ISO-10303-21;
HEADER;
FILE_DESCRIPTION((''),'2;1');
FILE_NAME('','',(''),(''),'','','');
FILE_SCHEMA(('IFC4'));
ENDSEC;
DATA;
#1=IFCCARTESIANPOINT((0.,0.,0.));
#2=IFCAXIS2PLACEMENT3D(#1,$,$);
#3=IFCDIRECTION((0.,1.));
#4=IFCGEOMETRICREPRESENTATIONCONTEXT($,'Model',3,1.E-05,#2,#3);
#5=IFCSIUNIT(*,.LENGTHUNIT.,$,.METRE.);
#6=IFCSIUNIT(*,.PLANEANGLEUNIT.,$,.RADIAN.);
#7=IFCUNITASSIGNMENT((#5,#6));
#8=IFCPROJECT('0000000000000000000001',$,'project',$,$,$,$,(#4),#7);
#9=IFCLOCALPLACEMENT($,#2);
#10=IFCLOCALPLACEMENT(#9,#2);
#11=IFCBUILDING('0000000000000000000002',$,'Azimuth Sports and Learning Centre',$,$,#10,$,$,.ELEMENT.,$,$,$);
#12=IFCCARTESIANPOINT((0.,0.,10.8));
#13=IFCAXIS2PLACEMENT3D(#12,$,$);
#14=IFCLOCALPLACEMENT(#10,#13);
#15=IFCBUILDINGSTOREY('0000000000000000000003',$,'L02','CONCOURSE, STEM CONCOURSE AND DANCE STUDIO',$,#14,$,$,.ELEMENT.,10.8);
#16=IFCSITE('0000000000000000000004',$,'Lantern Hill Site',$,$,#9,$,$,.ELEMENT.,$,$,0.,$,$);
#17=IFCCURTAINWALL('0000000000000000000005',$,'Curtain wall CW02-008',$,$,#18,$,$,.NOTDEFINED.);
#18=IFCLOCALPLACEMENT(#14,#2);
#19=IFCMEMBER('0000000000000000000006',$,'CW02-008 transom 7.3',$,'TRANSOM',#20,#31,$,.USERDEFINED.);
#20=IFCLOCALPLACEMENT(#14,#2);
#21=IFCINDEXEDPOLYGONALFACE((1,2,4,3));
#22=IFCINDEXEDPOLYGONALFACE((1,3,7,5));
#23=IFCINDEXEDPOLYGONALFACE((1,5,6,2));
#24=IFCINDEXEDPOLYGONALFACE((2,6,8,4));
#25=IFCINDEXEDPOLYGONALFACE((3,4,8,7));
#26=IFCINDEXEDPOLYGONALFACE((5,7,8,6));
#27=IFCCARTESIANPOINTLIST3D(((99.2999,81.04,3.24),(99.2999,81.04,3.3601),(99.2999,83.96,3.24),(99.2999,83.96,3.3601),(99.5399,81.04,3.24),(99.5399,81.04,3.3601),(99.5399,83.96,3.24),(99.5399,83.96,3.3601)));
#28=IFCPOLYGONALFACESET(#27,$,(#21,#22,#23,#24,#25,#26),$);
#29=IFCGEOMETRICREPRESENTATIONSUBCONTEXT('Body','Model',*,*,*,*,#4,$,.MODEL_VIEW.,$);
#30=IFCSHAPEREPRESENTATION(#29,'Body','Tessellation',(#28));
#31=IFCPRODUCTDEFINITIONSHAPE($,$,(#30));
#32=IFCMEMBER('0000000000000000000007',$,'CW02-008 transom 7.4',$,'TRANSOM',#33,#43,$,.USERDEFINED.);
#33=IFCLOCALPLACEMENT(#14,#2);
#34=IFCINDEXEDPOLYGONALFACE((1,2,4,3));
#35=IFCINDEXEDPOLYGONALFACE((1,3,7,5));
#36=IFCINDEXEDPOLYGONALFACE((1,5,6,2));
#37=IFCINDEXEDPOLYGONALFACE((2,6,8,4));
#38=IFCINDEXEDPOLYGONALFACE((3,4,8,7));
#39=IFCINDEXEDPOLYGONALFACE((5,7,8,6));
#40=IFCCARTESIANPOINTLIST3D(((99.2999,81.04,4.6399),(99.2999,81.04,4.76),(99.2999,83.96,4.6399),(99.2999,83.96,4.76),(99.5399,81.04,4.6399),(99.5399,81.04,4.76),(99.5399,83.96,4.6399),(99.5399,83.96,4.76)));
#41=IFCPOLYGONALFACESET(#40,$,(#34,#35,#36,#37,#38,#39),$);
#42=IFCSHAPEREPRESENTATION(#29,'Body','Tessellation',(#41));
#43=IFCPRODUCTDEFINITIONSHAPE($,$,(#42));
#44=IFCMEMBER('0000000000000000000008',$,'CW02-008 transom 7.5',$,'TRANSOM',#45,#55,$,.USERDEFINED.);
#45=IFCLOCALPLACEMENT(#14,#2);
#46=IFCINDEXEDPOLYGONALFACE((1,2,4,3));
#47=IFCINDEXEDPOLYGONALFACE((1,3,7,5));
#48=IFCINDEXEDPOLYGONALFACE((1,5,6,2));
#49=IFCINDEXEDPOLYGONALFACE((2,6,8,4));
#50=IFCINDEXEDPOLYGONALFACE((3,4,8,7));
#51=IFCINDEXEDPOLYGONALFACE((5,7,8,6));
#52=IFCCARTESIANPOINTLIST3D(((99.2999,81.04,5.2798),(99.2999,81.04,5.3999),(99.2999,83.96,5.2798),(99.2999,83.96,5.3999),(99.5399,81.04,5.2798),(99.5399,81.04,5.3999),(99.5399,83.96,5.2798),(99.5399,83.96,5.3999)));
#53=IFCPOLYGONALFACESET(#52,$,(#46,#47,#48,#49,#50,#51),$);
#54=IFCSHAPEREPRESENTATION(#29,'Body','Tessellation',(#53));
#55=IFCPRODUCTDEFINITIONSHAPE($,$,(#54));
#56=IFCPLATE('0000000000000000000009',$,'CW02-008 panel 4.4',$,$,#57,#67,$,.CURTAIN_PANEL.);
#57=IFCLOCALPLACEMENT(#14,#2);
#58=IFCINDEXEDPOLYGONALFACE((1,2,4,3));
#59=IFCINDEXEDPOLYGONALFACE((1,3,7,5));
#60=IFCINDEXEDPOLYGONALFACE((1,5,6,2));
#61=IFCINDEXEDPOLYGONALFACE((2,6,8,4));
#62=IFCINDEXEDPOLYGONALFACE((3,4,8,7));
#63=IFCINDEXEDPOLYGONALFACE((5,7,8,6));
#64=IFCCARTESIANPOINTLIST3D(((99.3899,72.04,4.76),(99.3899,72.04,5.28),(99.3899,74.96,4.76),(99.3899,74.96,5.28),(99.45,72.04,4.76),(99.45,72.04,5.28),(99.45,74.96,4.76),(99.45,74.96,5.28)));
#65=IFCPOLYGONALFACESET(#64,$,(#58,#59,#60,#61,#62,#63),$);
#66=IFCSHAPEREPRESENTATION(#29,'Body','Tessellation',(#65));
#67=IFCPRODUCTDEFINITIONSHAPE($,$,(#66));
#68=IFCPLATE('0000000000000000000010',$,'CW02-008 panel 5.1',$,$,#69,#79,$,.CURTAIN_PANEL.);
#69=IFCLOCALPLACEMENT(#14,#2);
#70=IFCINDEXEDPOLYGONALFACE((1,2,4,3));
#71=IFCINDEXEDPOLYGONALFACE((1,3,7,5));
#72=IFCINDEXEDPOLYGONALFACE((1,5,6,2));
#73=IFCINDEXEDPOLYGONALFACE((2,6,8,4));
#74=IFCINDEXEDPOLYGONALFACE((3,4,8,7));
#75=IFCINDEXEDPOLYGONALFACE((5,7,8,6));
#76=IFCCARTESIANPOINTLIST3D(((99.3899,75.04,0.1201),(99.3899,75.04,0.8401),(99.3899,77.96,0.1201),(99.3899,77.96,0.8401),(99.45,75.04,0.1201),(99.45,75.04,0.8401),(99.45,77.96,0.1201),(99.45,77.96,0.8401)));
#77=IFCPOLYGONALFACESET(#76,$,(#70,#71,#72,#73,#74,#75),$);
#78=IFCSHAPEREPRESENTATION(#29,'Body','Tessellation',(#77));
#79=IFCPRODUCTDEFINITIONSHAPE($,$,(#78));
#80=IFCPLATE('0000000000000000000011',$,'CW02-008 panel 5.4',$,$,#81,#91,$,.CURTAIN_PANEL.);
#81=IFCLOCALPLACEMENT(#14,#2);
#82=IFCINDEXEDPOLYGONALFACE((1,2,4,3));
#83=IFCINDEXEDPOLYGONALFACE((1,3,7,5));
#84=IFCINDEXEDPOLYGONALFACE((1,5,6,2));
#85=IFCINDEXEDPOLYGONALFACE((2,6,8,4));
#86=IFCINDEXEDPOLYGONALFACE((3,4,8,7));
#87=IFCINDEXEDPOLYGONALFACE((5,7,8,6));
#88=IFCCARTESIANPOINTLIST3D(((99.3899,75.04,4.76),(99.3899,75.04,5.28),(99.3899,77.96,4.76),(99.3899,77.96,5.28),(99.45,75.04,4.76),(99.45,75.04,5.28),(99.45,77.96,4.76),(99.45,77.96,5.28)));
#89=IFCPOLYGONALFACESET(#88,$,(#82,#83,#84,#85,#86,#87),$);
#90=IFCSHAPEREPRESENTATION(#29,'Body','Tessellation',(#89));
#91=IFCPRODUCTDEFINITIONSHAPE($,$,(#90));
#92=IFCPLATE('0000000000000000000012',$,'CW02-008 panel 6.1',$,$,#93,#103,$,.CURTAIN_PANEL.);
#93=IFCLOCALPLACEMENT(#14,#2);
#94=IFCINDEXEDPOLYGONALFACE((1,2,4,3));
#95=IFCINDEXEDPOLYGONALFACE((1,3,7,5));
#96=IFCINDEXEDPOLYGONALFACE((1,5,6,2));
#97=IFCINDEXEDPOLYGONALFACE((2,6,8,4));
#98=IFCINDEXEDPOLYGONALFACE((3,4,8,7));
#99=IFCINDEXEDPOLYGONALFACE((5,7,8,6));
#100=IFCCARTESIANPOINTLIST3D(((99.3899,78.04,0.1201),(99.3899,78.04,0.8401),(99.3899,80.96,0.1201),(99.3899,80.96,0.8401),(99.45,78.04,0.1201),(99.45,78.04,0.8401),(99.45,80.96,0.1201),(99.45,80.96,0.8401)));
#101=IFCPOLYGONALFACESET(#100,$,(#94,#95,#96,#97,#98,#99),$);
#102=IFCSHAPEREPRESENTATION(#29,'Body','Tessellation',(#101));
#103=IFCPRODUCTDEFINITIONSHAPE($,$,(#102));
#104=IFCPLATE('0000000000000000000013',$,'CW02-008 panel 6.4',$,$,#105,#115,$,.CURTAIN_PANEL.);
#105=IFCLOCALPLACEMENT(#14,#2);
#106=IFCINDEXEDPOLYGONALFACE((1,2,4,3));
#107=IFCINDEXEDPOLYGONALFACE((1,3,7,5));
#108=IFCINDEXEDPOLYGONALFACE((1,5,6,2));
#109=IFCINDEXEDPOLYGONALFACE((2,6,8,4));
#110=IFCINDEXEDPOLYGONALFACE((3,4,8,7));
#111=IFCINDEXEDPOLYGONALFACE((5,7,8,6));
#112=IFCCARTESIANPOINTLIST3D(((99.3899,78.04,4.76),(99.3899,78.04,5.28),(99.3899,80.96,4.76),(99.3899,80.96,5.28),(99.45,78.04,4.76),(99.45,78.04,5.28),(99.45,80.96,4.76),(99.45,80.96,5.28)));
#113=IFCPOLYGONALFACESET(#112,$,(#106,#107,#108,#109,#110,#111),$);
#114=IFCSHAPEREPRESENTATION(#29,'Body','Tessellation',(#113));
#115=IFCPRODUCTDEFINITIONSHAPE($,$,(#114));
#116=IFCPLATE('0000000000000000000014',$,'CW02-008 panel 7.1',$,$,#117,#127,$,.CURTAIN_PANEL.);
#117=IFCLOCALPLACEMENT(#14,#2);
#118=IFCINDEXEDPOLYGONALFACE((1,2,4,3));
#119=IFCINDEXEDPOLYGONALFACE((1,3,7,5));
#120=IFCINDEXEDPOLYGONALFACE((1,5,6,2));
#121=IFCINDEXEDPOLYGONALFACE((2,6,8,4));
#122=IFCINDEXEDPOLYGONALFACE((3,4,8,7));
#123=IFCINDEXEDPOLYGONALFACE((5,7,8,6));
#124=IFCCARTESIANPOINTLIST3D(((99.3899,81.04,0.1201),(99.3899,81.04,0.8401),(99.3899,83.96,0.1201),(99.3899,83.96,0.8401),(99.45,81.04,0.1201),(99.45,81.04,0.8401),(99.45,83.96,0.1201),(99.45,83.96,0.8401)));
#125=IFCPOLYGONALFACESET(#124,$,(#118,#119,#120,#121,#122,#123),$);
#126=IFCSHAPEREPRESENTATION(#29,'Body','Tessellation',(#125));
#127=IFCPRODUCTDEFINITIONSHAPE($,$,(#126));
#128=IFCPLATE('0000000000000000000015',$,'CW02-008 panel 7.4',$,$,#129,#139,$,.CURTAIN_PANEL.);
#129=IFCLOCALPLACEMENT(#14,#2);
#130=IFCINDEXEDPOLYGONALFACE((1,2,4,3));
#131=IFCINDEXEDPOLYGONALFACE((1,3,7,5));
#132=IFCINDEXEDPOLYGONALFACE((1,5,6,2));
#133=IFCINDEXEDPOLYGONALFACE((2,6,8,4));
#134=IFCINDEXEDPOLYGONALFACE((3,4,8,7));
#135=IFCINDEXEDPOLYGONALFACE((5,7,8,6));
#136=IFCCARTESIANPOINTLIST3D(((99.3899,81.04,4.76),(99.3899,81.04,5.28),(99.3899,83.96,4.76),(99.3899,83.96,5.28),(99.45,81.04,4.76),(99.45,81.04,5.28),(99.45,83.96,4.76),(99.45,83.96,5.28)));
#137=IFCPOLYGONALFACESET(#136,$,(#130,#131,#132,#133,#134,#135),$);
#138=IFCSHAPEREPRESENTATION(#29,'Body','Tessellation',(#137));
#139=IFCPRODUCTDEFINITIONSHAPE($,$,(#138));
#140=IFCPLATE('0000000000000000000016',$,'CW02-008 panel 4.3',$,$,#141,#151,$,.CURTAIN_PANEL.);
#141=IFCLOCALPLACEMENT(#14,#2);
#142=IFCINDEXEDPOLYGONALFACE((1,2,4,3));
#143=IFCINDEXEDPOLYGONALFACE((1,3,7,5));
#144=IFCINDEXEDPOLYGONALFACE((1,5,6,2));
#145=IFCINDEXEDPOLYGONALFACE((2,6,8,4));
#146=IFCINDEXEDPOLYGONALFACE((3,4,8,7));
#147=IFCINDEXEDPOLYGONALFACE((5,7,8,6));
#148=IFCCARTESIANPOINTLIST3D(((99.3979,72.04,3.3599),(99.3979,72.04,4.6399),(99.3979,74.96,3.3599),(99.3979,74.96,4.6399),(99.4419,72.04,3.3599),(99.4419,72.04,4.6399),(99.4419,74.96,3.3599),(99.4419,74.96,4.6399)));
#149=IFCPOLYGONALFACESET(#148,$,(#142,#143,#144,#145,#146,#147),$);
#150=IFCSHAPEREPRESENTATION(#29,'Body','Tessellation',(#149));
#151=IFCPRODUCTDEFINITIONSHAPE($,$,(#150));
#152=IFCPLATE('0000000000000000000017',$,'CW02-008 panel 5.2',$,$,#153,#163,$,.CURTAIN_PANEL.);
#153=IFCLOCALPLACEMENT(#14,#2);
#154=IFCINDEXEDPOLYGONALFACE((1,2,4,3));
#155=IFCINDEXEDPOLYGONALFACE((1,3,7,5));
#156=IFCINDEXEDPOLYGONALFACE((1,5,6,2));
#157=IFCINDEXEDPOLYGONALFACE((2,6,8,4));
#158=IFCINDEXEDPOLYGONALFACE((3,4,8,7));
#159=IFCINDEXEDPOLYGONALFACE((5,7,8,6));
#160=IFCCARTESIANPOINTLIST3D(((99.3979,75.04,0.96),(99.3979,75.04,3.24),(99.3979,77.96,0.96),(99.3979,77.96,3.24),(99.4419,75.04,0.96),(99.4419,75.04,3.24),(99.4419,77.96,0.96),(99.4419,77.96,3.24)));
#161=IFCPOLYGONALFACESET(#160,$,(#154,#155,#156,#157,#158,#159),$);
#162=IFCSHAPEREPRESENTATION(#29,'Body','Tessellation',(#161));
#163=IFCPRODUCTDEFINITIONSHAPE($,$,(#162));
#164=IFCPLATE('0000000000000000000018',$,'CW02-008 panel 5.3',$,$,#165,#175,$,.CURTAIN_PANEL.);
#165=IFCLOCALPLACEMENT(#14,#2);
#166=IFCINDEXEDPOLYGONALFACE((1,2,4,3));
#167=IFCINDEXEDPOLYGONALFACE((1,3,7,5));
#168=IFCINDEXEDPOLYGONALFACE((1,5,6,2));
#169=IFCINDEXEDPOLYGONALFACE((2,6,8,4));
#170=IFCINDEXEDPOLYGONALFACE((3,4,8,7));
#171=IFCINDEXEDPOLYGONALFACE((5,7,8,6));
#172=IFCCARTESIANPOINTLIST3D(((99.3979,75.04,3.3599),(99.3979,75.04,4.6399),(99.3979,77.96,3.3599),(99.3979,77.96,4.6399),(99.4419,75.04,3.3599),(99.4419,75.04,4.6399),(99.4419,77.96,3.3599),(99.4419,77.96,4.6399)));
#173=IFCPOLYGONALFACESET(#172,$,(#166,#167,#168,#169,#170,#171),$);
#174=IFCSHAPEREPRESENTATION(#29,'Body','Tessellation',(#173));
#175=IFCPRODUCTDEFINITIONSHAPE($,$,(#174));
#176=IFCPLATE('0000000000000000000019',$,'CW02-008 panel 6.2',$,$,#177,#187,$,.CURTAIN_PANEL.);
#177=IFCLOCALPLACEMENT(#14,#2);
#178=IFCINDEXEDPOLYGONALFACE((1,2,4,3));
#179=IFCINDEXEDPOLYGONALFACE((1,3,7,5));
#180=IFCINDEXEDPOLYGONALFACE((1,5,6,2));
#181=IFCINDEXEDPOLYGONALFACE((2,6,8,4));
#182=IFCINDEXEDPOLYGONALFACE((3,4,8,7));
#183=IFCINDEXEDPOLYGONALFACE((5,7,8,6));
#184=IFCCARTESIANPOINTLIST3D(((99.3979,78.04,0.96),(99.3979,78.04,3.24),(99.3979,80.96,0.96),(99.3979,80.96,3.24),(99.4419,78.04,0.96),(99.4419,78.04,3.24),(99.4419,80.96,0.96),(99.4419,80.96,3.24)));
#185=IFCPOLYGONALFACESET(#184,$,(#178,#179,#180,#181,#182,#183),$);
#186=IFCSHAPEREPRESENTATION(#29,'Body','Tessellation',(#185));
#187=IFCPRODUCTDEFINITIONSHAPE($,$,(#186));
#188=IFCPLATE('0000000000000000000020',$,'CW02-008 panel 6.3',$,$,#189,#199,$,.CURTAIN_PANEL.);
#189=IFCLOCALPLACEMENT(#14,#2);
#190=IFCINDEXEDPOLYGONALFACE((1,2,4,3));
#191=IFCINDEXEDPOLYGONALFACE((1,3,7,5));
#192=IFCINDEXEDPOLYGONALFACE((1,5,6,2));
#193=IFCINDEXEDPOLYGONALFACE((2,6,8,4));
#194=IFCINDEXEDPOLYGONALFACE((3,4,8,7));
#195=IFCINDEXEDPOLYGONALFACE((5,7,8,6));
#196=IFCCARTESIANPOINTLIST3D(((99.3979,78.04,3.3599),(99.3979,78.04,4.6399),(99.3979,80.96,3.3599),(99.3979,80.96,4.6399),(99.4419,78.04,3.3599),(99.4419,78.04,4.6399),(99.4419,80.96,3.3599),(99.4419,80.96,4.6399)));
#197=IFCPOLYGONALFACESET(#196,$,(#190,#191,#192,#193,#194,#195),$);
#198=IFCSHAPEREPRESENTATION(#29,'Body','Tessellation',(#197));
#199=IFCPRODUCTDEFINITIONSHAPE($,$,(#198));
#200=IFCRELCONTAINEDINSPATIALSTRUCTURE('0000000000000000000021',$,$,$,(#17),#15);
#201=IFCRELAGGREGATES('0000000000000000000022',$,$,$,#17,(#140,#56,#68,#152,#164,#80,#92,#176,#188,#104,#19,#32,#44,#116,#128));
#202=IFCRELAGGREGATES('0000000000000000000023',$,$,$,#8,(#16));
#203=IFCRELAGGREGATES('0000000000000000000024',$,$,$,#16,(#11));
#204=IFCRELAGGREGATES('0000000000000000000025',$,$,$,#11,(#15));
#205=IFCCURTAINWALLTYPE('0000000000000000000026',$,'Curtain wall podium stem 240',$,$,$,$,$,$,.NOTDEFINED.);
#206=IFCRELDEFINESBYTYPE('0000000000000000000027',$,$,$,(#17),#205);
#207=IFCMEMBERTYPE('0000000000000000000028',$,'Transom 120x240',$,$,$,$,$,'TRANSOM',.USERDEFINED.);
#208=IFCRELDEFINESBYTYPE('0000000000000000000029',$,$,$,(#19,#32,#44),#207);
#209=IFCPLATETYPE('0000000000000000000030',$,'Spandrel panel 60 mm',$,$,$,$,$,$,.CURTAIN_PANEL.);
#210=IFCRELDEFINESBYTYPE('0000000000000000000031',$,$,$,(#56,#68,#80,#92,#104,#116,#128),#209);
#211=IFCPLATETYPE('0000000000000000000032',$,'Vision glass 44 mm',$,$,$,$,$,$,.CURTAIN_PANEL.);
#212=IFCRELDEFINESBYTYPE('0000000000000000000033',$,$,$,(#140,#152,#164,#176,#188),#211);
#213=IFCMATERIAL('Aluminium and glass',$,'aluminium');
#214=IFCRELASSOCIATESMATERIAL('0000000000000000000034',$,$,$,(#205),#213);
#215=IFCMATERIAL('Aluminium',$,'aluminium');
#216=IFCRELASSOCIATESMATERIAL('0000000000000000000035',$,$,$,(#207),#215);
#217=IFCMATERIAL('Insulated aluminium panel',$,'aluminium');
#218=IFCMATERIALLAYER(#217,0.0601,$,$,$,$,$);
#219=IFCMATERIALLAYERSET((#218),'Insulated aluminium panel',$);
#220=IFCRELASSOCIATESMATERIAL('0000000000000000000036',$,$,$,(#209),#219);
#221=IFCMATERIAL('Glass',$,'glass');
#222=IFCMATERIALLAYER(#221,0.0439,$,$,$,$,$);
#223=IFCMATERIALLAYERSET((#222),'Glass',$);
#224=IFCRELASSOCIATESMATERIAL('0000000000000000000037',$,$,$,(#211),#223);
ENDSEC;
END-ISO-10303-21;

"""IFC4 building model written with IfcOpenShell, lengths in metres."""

from ifc_helpers import new_model, si_unit, direction, frame, origin, origin_2d, place, context, subcontext, project, spatial, rectangle, extrude, material, layer, layer_set, material_profile, profile_set, type_object, element, aggregate, save


model = new_model("IFC4")

# Units and contexts
model_context = context("Model", 3, precision=1e-05, world=origin(), true_north=direction((0.0, 1.0)))
body_context = subcontext(model_context, "Body", "Model", "MODEL_VIEW")
ifc_project = project(units=[si_unit("LENGTHUNIT", "METRE"), si_unit("PLANEANGLEUNIT", "RADIAN")], contexts=[model_context])

# Site, building, storey
site_placement = place(None, origin())
site = spatial("IfcSite", under=ifc_project, at=site_placement, Name="Lantern Hill Site", CompositionType="ELEMENT", RefElevation=0.0)
building_placement = place(site_placement, origin())
building = spatial("IfcBuilding", under=site, at=building_placement, Name="Azimuth Sports and Learning Centre", CompositionType="ELEMENT")
storey_placement = place(building_placement, frame((0.0, 0.0, 10.8)))
storey = spatial("IfcBuildingStorey", under=building, at=storey_placement, Name="L02", Description="CONCOURSE, STEM CONCOURSE AND DANCE STUDIO", CompositionType="ELEMENT", Elevation=10.8)

# Curtain wall, members, plates
ifc_material_1 = material(Name="Aluminium and glass", Category="aluminium")
curtain_wall_type = type_object("IfcCurtainWallType", Name="Curtain wall podium stem 240", PredefinedType="NOTDEFINED", material=ifc_material_1)
curtain_wall_placement = place(storey_placement, origin())
curtain_wall = element("IfcCurtainWall", 1, at=curtain_wall_placement, inside=storey, type_object=curtain_wall_type, Name="Curtain wall CW02-008", PredefinedType="NOTDEFINED")
ifc_material_2 = material(Name="Aluminium", Category="aluminium")
ifc_material_profile_1 = material_profile(ifc_material_2, rectangle(XDim=0.24, YDim=0.1201, at=origin_2d()), Name="Transom 120x240")
ifc_profile_set_1 = profile_set([ifc_material_profile_1], Name="Aluminium")
member_type_1 = type_object("IfcMemberType", Name="Transom 120x240", ElementType="TRANSOM", PredefinedType="USERDEFINED", material=ifc_profile_set_1)
member_1_placement = place(storey_placement, frame((99.4199, 81.04, 3.3), z_axis=(0.0, 1.0, 0.0), x_axis=(-1.0, 0.0, 0.0)))
member_1 = element("IfcMember", 2, at=member_1_placement, type_object=member_type_1, Name="CW02-008 transom 7.3", ObjectType="TRANSOM", PredefinedType="USERDEFINED", context=body_context, shape_type="SweptSolid", body=[
    extrude(rectangle(XDim=0.24, YDim=0.1201, at=origin_2d()), origin(), (0.0, 0.0, 1.0), 2.9199),
])
member_2_placement = place(storey_placement, frame((99.4199, 81.04, 4.7), z_axis=(0.0, 1.0, 0.0), x_axis=(-1.0, 0.0, 0.0)))
member_2 = element("IfcMember", 3, at=member_2_placement, type_object=member_type_1, Name="CW02-008 transom 7.4", ObjectType="TRANSOM", PredefinedType="USERDEFINED", context=body_context, shape_type="SweptSolid", body=[
    extrude(rectangle(XDim=0.24, YDim=0.1201, at=origin_2d()), origin(), (0.0, 0.0, 1.0), 2.9199),
])
member_3_placement = place(storey_placement, frame((99.4199, 81.04, 5.3398), z_axis=(0.0, 1.0, 0.0), x_axis=(-1.0, 0.0, 0.0)))
member_3 = element("IfcMember", 4, at=member_3_placement, type_object=member_type_1, Name="CW02-008 transom 7.5", ObjectType="TRANSOM", PredefinedType="USERDEFINED", context=body_context, shape_type="SweptSolid", body=[
    extrude(rectangle(XDim=0.24, YDim=0.1201, at=origin_2d()), origin(), (0.0, 0.0, 1.0), 2.9199),
])
ifc_material_3 = material(Name="Insulated aluminium panel", Category="aluminium")
ifc_layer_1 = layer(ifc_material_3, 0.0601)
ifc_layer_set_1 = layer_set([ifc_layer_1], Name="Insulated aluminium panel")
plate_type_1 = type_object("IfcPlateType", Name="Spandrel panel 60 mm", PredefinedType="CURTAIN_PANEL", material=ifc_layer_set_1)
plate_1_placement = place(storey_placement, frame((99.4199, 73.5, 4.76), z_axis=(0.0, 0.0, 1.0), x_axis=(0.0, 1.0, 0.0)))
plate_1 = element("IfcPlate", 5, at=plate_1_placement, type_object=plate_type_1, Name="CW02-008 panel 4.4", PredefinedType="CURTAIN_PANEL", context=body_context, shape_type="SweptSolid", body=[
    extrude(rectangle(XDim=2.9199, YDim=0.0601, at=origin_2d()), origin(), (0.0, 0.0, 1.0), 0.52),
])
plate_2_placement = place(storey_placement, frame((99.4199, 76.5, 0.1201), z_axis=(0.0, 0.0, 1.0), x_axis=(0.0, 1.0, 0.0)))
plate_2 = element("IfcPlate", 6, at=plate_2_placement, type_object=plate_type_1, Name="CW02-008 panel 5.1", PredefinedType="CURTAIN_PANEL", context=body_context, shape_type="SweptSolid", body=[
    extrude(rectangle(XDim=2.9199, YDim=0.0601, at=origin_2d()), origin(), (0.0, 0.0, 1.0), 0.72),
])
plate_3_placement = place(storey_placement, frame((99.4199, 76.5, 4.76), z_axis=(0.0, 0.0, 1.0), x_axis=(0.0, 1.0, 0.0)))
plate_3 = element("IfcPlate", 7, at=plate_3_placement, type_object=plate_type_1, Name="CW02-008 panel 5.4", PredefinedType="CURTAIN_PANEL", context=body_context, shape_type="SweptSolid", body=[
    extrude(rectangle(XDim=2.9199, YDim=0.0601, at=origin_2d()), origin(), (0.0, 0.0, 1.0), 0.52),
])
plate_4_placement = place(storey_placement, frame((99.4199, 79.5, 0.1201), z_axis=(0.0, 0.0, 1.0), x_axis=(0.0, 1.0, 0.0)))
plate_4 = element("IfcPlate", 8, at=plate_4_placement, type_object=plate_type_1, Name="CW02-008 panel 6.1", PredefinedType="CURTAIN_PANEL", context=body_context, shape_type="SweptSolid", body=[
    extrude(rectangle(XDim=2.9199, YDim=0.0601, at=origin_2d()), origin(), (0.0, 0.0, 1.0), 0.72),
])
plate_5_placement = place(storey_placement, frame((99.4199, 79.5, 4.76), z_axis=(0.0, 0.0, 1.0), x_axis=(0.0, 1.0, 0.0)))
plate_5 = element("IfcPlate", 9, at=plate_5_placement, type_object=plate_type_1, Name="CW02-008 panel 6.4", PredefinedType="CURTAIN_PANEL", context=body_context, shape_type="SweptSolid", body=[
    extrude(rectangle(XDim=2.9199, YDim=0.0601, at=origin_2d()), origin(), (0.0, 0.0, 1.0), 0.52),
])
plate_6_placement = place(storey_placement, frame((99.4199, 82.5, 0.1201), z_axis=(0.0, 0.0, 1.0), x_axis=(0.0, 1.0, 0.0)))
plate_6 = element("IfcPlate", 10, at=plate_6_placement, type_object=plate_type_1, Name="CW02-008 panel 7.1", PredefinedType="CURTAIN_PANEL", context=body_context, shape_type="SweptSolid", body=[
    extrude(rectangle(XDim=2.9199, YDim=0.0601, at=origin_2d()), origin(), (0.0, 0.0, 1.0), 0.72),
])
plate_7_placement = place(storey_placement, frame((99.4199, 82.5, 4.76), z_axis=(0.0, 0.0, 1.0), x_axis=(0.0, 1.0, 0.0)))
plate_7 = element("IfcPlate", 11, at=plate_7_placement, type_object=plate_type_1, Name="CW02-008 panel 7.4", PredefinedType="CURTAIN_PANEL", context=body_context, shape_type="SweptSolid", body=[
    extrude(rectangle(XDim=2.9199, YDim=0.0601, at=origin_2d()), origin(), (0.0, 0.0, 1.0), 0.52),
])
ifc_material_4 = material(Name="Glass", Category="glass")
ifc_layer_2 = layer(ifc_material_4, 0.0439)
ifc_layer_set_2 = layer_set([ifc_layer_2], Name="Glass")
plate_type_2 = type_object("IfcPlateType", Name="Vision glass 44 mm", PredefinedType="CURTAIN_PANEL", material=ifc_layer_set_2)
plate_8_placement = place(storey_placement, frame((99.4199, 73.5, 3.3599), z_axis=(0.0, 0.0, 1.0), x_axis=(0.0, 1.0, 0.0)))
plate_8 = element("IfcPlate", 12, at=plate_8_placement, type_object=plate_type_2, Name="CW02-008 panel 4.3", PredefinedType="CURTAIN_PANEL", context=body_context, shape_type="SweptSolid", body=[
    extrude(rectangle(XDim=2.9199, YDim=0.0439, at=origin_2d()), origin(), (0.0, 0.0, 1.0), 1.28),
])
plate_9_placement = place(storey_placement, frame((99.4199, 76.5, 0.96), z_axis=(0.0, 0.0, 1.0), x_axis=(0.0, 1.0, 0.0)))
plate_9 = element("IfcPlate", 13, at=plate_9_placement, type_object=plate_type_2, Name="CW02-008 panel 5.2", PredefinedType="CURTAIN_PANEL", context=body_context, shape_type="SweptSolid", body=[
    extrude(rectangle(XDim=2.9199, YDim=0.0439, at=origin_2d()), origin(), (0.0, 0.0, 1.0), 2.28),
])
plate_10_placement = place(storey_placement, frame((99.4199, 76.5, 3.3599), z_axis=(0.0, 0.0, 1.0), x_axis=(0.0, 1.0, 0.0)))
plate_10 = element("IfcPlate", 14, at=plate_10_placement, type_object=plate_type_2, Name="CW02-008 panel 5.3", PredefinedType="CURTAIN_PANEL", context=body_context, shape_type="SweptSolid", body=[
    extrude(rectangle(XDim=2.9199, YDim=0.0439, at=origin_2d()), origin(), (0.0, 0.0, 1.0), 1.28),
])
plate_11_placement = place(storey_placement, frame((99.4199, 79.5, 0.96), z_axis=(0.0, 0.0, 1.0), x_axis=(0.0, 1.0, 0.0)))
plate_11 = element("IfcPlate", 15, at=plate_11_placement, type_object=plate_type_2, Name="CW02-008 panel 6.2", PredefinedType="CURTAIN_PANEL", context=body_context, shape_type="SweptSolid", body=[
    extrude(rectangle(XDim=2.9199, YDim=0.0439, at=origin_2d()), origin(), (0.0, 0.0, 1.0), 2.28),
])
plate_12_placement = place(storey_placement, frame((99.4199, 79.5, 3.3599), z_axis=(0.0, 0.0, 1.0), x_axis=(0.0, 1.0, 0.0)))
plate_12 = element("IfcPlate", 16, at=plate_12_placement, type_object=plate_type_2, Name="CW02-008 panel 6.3", PredefinedType="CURTAIN_PANEL", context=body_context, shape_type="SweptSolid", body=[
    extrude(rectangle(XDim=2.9199, YDim=0.0439, at=origin_2d()), origin(), (0.0, 0.0, 1.0), 1.28),
])
aggregate(curtain_wall, [plate_8, plate_1, plate_2, plate_9, plate_10, plate_3, plate_4, plate_11, plate_12, plate_5, member_1, member_2, member_3, plate_6, plate_7])

save(model, "model.ifc")
